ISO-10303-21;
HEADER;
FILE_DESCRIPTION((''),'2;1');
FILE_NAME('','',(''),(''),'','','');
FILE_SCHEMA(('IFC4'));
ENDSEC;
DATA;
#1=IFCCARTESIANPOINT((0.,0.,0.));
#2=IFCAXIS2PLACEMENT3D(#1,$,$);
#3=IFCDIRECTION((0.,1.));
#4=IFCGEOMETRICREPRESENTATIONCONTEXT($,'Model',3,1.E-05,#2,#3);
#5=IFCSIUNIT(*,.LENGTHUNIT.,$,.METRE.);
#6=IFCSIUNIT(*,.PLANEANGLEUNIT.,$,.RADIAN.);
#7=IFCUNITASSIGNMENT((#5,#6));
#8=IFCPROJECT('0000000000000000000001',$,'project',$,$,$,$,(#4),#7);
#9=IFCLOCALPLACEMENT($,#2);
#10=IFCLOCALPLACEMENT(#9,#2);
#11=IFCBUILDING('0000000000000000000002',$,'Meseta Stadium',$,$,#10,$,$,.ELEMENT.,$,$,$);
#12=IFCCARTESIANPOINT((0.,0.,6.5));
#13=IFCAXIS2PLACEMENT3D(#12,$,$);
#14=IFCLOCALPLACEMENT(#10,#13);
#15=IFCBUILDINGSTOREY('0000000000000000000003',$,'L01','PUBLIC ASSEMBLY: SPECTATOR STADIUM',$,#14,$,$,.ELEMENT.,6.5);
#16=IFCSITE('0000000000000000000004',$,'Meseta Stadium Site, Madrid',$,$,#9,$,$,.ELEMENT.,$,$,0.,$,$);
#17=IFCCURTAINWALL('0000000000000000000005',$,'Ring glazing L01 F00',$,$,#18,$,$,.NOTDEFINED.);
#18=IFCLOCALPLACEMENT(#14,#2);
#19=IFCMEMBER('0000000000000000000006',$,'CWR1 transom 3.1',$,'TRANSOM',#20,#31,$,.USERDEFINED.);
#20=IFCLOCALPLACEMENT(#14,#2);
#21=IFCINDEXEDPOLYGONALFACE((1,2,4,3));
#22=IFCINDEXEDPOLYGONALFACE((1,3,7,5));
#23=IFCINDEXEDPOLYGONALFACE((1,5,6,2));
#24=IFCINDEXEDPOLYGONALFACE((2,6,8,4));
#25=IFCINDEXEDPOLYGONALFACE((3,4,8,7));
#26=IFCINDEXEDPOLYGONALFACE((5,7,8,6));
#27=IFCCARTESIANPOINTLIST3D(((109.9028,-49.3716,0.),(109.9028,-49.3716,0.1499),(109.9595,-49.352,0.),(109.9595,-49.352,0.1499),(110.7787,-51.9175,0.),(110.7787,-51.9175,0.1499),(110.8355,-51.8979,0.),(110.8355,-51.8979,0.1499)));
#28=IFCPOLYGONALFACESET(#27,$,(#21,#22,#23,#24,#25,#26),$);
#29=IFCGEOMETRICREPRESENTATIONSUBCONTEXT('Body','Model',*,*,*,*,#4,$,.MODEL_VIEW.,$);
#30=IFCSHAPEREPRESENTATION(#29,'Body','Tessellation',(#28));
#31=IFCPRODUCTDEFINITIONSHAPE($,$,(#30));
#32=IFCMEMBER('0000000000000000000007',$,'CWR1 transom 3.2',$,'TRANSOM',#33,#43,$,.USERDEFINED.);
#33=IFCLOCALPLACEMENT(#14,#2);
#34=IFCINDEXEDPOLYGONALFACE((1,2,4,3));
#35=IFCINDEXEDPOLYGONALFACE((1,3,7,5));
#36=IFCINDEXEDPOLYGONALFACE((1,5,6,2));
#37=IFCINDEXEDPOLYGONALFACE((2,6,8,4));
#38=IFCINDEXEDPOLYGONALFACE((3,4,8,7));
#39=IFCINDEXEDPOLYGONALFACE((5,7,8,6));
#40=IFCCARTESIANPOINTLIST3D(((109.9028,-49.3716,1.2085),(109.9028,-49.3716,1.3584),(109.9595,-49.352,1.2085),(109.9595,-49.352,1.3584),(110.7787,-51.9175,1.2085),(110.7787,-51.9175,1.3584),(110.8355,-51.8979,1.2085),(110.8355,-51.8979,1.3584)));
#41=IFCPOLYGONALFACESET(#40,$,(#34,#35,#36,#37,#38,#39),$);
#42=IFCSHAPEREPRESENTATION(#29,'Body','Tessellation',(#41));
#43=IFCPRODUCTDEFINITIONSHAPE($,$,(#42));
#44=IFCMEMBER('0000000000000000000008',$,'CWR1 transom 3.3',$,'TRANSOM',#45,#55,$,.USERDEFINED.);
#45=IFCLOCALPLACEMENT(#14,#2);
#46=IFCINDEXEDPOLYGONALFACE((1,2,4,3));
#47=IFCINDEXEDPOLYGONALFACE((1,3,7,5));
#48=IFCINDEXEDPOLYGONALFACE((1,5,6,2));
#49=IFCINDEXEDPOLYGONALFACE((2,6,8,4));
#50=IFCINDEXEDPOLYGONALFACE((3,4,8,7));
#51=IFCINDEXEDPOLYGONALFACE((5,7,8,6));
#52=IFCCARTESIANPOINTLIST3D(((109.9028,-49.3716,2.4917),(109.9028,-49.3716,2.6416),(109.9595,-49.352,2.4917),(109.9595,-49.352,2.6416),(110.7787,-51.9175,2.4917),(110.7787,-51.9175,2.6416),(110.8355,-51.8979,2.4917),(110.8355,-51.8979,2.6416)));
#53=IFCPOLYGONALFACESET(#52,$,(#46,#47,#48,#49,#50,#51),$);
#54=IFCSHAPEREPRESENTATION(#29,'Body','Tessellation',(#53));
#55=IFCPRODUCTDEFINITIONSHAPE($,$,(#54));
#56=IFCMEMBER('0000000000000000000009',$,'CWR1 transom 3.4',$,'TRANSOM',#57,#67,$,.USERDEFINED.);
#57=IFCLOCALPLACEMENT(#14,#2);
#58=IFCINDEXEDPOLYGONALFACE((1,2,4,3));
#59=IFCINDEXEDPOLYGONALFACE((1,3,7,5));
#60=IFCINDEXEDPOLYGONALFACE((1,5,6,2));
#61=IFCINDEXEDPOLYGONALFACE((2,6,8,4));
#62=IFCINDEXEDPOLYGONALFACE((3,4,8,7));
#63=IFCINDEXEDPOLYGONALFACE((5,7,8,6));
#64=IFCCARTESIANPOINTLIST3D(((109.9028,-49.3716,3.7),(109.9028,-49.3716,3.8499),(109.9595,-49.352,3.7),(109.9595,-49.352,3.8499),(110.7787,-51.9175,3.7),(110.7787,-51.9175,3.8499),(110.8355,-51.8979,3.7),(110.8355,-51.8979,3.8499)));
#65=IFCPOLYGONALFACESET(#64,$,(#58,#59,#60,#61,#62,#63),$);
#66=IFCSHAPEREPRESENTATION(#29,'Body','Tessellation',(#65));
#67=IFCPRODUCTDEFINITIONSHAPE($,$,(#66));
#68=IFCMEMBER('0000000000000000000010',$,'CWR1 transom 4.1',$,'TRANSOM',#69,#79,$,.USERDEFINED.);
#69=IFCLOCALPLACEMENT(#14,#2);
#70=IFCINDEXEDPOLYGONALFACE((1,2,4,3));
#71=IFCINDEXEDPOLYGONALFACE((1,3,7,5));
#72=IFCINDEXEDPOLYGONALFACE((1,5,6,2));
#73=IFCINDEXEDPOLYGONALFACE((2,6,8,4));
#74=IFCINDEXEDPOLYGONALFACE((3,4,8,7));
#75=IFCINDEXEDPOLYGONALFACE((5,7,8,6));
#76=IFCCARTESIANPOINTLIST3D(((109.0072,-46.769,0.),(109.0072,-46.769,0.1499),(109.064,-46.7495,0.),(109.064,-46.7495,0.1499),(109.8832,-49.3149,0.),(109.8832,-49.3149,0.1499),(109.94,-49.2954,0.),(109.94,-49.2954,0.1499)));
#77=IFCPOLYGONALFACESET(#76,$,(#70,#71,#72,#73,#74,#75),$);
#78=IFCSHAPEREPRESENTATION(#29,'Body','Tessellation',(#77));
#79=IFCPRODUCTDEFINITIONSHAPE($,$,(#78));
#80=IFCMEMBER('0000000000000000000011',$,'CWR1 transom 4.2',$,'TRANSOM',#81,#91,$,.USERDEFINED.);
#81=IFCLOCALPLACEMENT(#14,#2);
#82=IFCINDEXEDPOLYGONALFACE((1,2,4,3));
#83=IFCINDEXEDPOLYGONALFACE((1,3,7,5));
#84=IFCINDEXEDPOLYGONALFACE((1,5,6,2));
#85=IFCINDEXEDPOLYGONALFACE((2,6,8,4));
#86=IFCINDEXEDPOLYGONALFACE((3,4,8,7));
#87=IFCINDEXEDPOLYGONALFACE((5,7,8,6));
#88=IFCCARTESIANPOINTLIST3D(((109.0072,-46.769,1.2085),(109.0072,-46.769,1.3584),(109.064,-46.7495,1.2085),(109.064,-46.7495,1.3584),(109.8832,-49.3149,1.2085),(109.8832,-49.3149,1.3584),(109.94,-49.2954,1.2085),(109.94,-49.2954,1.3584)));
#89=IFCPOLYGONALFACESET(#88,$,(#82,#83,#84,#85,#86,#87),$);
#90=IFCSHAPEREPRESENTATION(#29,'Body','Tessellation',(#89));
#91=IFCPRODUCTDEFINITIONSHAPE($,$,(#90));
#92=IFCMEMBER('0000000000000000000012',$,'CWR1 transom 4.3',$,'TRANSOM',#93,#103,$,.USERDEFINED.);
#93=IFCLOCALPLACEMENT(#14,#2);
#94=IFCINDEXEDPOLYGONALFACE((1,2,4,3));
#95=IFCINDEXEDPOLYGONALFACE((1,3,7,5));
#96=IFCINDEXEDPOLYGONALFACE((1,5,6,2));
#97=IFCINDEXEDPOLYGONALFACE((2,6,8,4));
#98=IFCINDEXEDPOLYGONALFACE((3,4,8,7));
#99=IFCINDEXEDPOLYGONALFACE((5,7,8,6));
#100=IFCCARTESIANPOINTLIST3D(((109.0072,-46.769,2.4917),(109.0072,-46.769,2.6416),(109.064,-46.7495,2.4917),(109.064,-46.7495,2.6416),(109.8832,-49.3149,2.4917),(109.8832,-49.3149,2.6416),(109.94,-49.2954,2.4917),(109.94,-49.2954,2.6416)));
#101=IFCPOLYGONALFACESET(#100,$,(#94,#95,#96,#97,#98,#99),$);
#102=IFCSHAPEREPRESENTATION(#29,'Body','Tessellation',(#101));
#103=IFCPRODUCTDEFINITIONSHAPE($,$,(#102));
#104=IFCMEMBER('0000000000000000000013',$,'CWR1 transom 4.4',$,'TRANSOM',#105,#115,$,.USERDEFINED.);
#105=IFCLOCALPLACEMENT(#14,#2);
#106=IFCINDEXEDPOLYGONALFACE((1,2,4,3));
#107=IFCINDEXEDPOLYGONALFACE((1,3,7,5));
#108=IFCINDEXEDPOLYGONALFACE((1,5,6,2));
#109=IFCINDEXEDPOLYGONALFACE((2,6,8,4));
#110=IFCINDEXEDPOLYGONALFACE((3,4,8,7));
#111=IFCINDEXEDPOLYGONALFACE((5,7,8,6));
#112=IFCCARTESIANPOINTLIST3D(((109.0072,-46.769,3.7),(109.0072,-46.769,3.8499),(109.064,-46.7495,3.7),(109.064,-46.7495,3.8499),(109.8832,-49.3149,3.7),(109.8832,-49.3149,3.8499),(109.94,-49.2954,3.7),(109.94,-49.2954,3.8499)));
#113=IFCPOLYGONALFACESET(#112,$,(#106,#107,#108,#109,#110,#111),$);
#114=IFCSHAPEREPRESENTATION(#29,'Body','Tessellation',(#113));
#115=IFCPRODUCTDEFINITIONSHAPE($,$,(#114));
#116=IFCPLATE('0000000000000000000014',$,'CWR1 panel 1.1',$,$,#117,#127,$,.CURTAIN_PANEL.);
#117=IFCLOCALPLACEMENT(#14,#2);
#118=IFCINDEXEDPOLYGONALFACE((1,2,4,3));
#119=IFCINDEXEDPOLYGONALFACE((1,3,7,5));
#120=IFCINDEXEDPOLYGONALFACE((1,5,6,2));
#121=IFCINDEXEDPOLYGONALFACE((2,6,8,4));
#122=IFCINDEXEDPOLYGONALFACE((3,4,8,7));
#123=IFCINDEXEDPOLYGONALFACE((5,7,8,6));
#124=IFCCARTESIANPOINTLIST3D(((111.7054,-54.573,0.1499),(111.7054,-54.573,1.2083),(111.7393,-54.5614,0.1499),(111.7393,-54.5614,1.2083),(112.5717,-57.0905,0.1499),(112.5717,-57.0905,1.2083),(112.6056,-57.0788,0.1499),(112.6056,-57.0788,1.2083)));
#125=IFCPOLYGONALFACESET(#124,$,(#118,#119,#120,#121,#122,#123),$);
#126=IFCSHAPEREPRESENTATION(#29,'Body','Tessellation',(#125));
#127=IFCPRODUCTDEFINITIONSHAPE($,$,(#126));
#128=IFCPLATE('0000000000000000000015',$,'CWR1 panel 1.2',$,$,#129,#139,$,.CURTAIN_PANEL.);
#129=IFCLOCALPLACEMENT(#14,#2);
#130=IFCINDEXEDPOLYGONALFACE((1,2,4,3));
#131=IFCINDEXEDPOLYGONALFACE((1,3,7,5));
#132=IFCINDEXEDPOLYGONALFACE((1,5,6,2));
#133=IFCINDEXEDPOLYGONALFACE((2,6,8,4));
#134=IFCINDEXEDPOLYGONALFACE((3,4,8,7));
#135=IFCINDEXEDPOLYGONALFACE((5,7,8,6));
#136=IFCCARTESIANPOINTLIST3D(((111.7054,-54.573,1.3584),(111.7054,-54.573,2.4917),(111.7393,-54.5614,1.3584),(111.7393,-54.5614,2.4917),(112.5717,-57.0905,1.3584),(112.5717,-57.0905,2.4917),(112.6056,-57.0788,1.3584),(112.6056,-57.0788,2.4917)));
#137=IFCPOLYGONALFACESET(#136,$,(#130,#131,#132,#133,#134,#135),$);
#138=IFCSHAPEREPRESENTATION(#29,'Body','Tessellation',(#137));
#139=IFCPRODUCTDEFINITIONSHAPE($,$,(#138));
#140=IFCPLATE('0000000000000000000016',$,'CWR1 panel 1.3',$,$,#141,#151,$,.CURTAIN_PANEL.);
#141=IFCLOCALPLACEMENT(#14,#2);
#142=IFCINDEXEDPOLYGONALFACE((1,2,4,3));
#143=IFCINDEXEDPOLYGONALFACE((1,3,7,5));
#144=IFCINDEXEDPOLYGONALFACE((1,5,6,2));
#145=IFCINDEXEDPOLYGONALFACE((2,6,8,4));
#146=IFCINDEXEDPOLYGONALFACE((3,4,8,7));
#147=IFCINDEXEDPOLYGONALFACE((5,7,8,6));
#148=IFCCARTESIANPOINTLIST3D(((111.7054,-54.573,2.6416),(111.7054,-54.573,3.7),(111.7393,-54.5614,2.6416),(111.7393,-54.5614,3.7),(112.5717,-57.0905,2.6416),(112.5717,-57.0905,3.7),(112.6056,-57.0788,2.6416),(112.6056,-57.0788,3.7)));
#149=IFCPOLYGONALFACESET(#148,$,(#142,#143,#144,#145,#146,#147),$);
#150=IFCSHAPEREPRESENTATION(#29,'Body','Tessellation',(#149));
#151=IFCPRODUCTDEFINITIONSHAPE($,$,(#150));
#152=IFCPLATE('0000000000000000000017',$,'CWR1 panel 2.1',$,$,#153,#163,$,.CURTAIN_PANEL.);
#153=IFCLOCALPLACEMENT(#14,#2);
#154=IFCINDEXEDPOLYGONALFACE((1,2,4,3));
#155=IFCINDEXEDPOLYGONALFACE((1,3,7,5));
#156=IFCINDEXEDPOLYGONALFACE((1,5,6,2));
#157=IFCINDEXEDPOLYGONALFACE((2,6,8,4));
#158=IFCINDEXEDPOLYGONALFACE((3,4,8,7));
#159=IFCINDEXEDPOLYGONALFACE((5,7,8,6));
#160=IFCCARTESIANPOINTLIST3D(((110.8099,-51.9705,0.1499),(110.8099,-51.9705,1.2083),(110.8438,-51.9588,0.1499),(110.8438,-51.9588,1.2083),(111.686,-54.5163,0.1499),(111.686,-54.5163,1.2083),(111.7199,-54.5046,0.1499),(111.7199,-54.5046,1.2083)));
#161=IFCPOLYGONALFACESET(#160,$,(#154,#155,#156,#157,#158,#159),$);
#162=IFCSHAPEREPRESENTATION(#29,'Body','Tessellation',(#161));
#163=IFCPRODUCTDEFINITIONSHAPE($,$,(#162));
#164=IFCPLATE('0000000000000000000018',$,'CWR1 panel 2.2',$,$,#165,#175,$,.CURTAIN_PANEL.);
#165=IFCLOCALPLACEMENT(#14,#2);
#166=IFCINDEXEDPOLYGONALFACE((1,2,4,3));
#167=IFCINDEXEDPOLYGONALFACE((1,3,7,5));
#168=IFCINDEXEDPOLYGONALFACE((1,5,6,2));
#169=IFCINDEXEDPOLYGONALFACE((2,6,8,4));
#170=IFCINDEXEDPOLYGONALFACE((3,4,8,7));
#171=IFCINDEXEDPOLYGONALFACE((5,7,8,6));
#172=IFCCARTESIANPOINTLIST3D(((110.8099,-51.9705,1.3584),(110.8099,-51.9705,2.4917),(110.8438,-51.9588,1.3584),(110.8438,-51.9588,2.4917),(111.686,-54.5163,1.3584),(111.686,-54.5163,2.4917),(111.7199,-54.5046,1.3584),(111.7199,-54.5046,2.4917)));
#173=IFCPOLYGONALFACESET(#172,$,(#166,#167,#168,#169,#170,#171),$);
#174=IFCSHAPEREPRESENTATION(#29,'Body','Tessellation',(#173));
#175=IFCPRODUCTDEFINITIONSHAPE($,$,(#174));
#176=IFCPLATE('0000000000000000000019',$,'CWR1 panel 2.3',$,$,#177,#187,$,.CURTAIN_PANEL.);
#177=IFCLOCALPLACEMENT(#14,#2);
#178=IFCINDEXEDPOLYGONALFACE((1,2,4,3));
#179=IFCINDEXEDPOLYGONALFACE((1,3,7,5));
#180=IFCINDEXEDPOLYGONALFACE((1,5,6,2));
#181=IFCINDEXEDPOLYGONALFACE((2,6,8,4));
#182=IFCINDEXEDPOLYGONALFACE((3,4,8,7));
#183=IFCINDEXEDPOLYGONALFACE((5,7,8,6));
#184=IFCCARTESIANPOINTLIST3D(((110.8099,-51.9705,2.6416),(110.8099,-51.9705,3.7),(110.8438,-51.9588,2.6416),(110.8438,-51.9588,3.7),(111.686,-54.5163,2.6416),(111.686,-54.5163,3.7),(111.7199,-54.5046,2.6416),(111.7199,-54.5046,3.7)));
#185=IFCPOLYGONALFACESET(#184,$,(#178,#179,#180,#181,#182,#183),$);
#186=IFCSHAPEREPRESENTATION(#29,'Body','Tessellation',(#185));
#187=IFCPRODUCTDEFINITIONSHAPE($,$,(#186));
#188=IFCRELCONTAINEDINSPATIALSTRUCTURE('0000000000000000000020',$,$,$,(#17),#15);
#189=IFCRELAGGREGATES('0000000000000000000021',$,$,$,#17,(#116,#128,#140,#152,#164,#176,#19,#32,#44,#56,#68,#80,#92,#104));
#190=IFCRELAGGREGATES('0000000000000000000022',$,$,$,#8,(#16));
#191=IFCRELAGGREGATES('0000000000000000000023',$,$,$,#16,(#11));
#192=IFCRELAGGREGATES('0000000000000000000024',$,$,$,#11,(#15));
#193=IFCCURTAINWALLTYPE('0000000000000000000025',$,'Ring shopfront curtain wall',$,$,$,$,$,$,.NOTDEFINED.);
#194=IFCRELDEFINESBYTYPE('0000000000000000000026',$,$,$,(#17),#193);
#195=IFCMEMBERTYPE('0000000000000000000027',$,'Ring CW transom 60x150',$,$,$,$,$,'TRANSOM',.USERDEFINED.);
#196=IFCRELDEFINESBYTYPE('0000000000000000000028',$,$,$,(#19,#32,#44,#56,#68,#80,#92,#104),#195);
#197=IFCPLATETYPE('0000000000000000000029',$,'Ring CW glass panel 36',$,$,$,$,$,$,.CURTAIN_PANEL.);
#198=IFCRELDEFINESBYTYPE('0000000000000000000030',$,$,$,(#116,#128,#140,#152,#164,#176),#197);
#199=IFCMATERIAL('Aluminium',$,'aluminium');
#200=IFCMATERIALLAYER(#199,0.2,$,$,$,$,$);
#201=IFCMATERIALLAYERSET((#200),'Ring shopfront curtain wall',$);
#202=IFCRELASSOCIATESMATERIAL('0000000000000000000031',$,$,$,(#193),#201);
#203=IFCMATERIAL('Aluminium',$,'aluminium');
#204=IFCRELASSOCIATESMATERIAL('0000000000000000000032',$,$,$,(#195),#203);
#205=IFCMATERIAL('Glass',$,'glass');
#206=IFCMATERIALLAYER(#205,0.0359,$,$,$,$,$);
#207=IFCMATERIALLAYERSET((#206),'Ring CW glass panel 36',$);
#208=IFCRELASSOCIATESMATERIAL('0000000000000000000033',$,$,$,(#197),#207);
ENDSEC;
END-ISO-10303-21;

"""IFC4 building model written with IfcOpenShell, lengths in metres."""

from ifc_helpers import new_model, si_unit, direction, frame, origin, origin_2d, place, context, subcontext, project, spatial, rectangle, extrude, material, layer, layer_set, material_profile, profile_set, type_object, element, aggregate, save


model = new_model("IFC4")

# Units and contexts
model_context = context("Model", 3, precision=1e-05, world=origin(), true_north=direction((0.0, 1.0)))
body_context = subcontext(model_context, "Body", "Model", "MODEL_VIEW")
ifc_project = project(units=[si_unit("LENGTHUNIT", "METRE"), si_unit("PLANEANGLEUNIT", "RADIAN")], contexts=[model_context])

# Site, building, storey
site_placement = place(None, origin())
site = spatial("IfcSite", under=ifc_project, at=site_placement, Name="Meseta Stadium Site, Madrid", CompositionType="ELEMENT", RefElevation=0.0)
building_placement = place(site_placement, origin())
building = spatial("IfcBuilding", under=site, at=building_placement, Name="Meseta Stadium", CompositionType="ELEMENT")
storey_placement = place(building_placement, frame((0.0, 0.0, 6.5)))
storey = spatial("IfcBuildingStorey", under=building, at=storey_placement, Name="L01", Description="PUBLIC ASSEMBLY: SPECTATOR STADIUM", CompositionType="ELEMENT", Elevation=6.5)

# Curtain wall, members, plates
ifc_material_1 = material(Name="Aluminium", Category="aluminium")
ifc_layer_1 = layer(ifc_material_1, 0.2)
ifc_layer_set_1 = layer_set([ifc_layer_1], Name="Ring shopfront curtain wall")
curtain_wall_type = type_object("IfcCurtainWallType", Name="Ring shopfront curtain wall", PredefinedType="NOTDEFINED", material=ifc_layer_set_1)
curtain_wall_placement = place(storey_placement, origin())
curtain_wall = element("IfcCurtainWall", 1, at=curtain_wall_placement, inside=storey, type_object=curtain_wall_type, Name="Ring glazing L01 F00", PredefinedType="NOTDEFINED")
ifc_material_2 = material(Name="Aluminium", Category="aluminium")
ifc_material_profile_1 = material_profile(ifc_material_2, rectangle(XDim=0.0601, YDim=0.1499, at=origin_2d()), Name="CW 60x150")
ifc_profile_set_1 = profile_set([ifc_material_profile_1], Name="Aluminium")
member_type_1 = type_object("IfcMemberType", Name="Ring CW transom 60x150", ElementType="TRANSOM", PredefinedType="USERDEFINED", material=ifc_profile_set_1)
member_1_placement = place(storey_placement, frame((110.8071, -51.9077, 0.075), z_axis=(-0.325353, 0.945592, 0.0), x_axis=(-0.945592, -0.325353, 0.0)))
member_1 = element("IfcMember", 2, at=member_1_placement, type_object=member_type_1, Name="CWR1 transom 3.1", ObjectType="TRANSOM", PredefinedType="USERDEFINED", context=body_context, shape_type="SweptSolid", body=[
    extrude(rectangle(XDim=0.0601, YDim=0.1499, at=origin_2d()), origin(), (0.0, 0.0, 1.0), 2.6924),
])
member_2_placement = place(storey_placement, frame((110.8071, -51.9077, 1.2834), z_axis=(-0.325353, 0.945592, 0.0), x_axis=(-0.945592, -0.325353, 0.0)))
member_2 = element("IfcMember", 3, at=member_2_placement, type_object=member_type_1, Name="CWR1 transom 3.2", ObjectType="TRANSOM", PredefinedType="USERDEFINED", context=body_context, shape_type="SweptSolid", body=[
    extrude(rectangle(XDim=0.0601, YDim=0.1499, at=origin_2d()), origin(), (0.0, 0.0, 1.0), 2.6924),
])
member_3_placement = place(storey_placement, frame((110.8071, -51.9077, 2.5667), z_axis=(-0.325353, 0.945592, 0.0), x_axis=(-0.945592, -0.325353, 0.0)))
member_3 = element("IfcMember", 4, at=member_3_placement, type_object=member_type_1, Name="CWR1 transom 3.3", ObjectType="TRANSOM", PredefinedType="USERDEFINED", context=body_context, shape_type="SweptSolid", body=[
    extrude(rectangle(XDim=0.0601, YDim=0.1499, at=origin_2d()), origin(), (0.0, 0.0, 1.0), 2.6924),
])
member_4_placement = place(storey_placement, frame((110.8071, -51.9077, 3.7749), z_axis=(-0.325353, 0.945592, 0.0), x_axis=(-0.945592, -0.325353, 0.0)))
member_4 = element("IfcMember", 5, at=member_4_placement, type_object=member_type_1, Name="CWR1 transom 3.4", ObjectType="TRANSOM", PredefinedType="USERDEFINED", context=body_context, shape_type="SweptSolid", body=[
    extrude(rectangle(XDim=0.0601, YDim=0.1499, at=origin_2d()), origin(), (0.0, 0.0, 1.0), 2.6924),
])
member_5_placement = place(storey_placement, frame((109.9116, -49.3052, 0.075), z_axis=(-0.325353, 0.945592, 0.0), x_axis=(-0.945592, -0.325353, 0.0)))
member_5 = element("IfcMember", 6, at=member_5_placement, type_object=member_type_1, Name="CWR1 transom 4.1", ObjectType="TRANSOM", PredefinedType="USERDEFINED", context=body_context, shape_type="SweptSolid", body=[
    extrude(rectangle(XDim=0.0601, YDim=0.1499, at=origin_2d()), origin(), (0.0, 0.0, 1.0), 2.6924),
])
member_6_placement = place(storey_placement, frame((109.9116, -49.3052, 1.2834), z_axis=(-0.325353, 0.945592, 0.0), x_axis=(-0.945592, -0.325353, 0.0)))
member_6 = element("IfcMember", 7, at=member_6_placement, type_object=member_type_1, Name="CWR1 transom 4.2", ObjectType="TRANSOM", PredefinedType="USERDEFINED", context=body_context, shape_type="SweptSolid", body=[
    extrude(rectangle(XDim=0.0601, YDim=0.1499, at=origin_2d()), origin(), (0.0, 0.0, 1.0), 2.6924),
])
member_7_placement = place(storey_placement, frame((109.9116, -49.3052, 2.5667), z_axis=(-0.325353, 0.945592, 0.0), x_axis=(-0.945592, -0.325353, 0.0)))
member_7 = element("IfcMember", 8, at=member_7_placement, type_object=member_type_1, Name="CWR1 transom 4.3", ObjectType="TRANSOM", PredefinedType="USERDEFINED", context=body_context, shape_type="SweptSolid", body=[
    extrude(rectangle(XDim=0.0601, YDim=0.1499, at=origin_2d()), origin(), (0.0, 0.0, 1.0), 2.6924),
])
member_8_placement = place(storey_placement, frame((109.9116, -49.3052, 3.7749), z_axis=(-0.325353, 0.945592, 0.0), x_axis=(-0.945592, -0.325353, 0.0)))
member_8 = element("IfcMember", 9, at=member_8_placement, type_object=member_type_1, Name="CWR1 transom 4.4", ObjectType="TRANSOM", PredefinedType="USERDEFINED", context=body_context, shape_type="SweptSolid", body=[
    extrude(rectangle(XDim=0.0601, YDim=0.1499, at=origin_2d()), origin(), (0.0, 0.0, 1.0), 2.6924),
])
ifc_material_3 = material(Name="Glass", Category="glass")
ifc_layer_2 = layer(ifc_material_3, 0.0359)
ifc_layer_set_2 = layer_set([ifc_layer_2], Name="Ring CW glass panel 36")
plate_type_1 = type_object("IfcPlateType", Name="Ring CW glass panel 36", PredefinedType="CURTAIN_PANEL", material=ifc_layer_set_2)
plate_1_placement = place(storey_placement, frame((112.1555, -55.8259, 0.1499), z_axis=(0.0, 0.0, 1.0), x_axis=(-0.325386, 0.945581, 0.0)))
plate_1 = element("IfcPlate", 10, at=plate_1_placement, type_object=plate_type_1, Name="CWR1 panel 1.1", PredefinedType="CURTAIN_PANEL", context=body_context, shape_type="SweptSolid", body=[
    extrude(rectangle(XDim=2.6624, YDim=0.0359, at=origin_2d()), origin(), (0.0, 0.0, 1.0), 1.0583),
])
plate_2_placement = place(storey_placement, frame((112.1555, -55.8259, 1.3584), z_axis=(0.0, 0.0, 1.0), x_axis=(-0.325386, 0.945581, 0.0)))
plate_2 = element("IfcPlate", 11, at=plate_2_placement, type_object=plate_type_1, Name="CWR1 panel 1.2", PredefinedType="CURTAIN_PANEL", context=body_context, shape_type="SweptSolid", body=[
    extrude(rectangle(XDim=2.6624, YDim=0.0359, at=origin_2d()), origin(), (0.0, 0.0, 1.0), 1.1333),
])
plate_3_placement = place(storey_placement, frame((112.1555, -55.8259, 2.6416), z_axis=(0.0, 0.0, 1.0), x_axis=(-0.325386, 0.945581, 0.0)))
plate_3 = element("IfcPlate", 12, at=plate_3_placement, type_object=plate_type_1, Name="CWR1 panel 1.3", PredefinedType="CURTAIN_PANEL", context=body_context, shape_type="SweptSolid", body=[
    extrude(rectangle(XDim=2.6624, YDim=0.0359, at=origin_2d()), origin(), (0.0, 0.0, 1.0), 1.0583),
])
plate_4_placement = place(storey_placement, frame((111.2649, -53.2375, 0.1499), z_axis=(0.0, 0.0, 1.0), x_axis=(-0.325386, 0.945581, 0.0)))
plate_4 = element("IfcPlate", 13, at=plate_4_placement, type_object=plate_type_1, Name="CWR1 panel 2.1", PredefinedType="CURTAIN_PANEL", context=body_context, shape_type="SweptSolid", body=[
    extrude(rectangle(XDim=2.6924, YDim=0.0359, at=origin_2d()), origin(), (0.0, 0.0, 1.0), 1.0583),
])
plate_5_placement = place(storey_placement, frame((111.2649, -53.2375, 1.3584), z_axis=(0.0, 0.0, 1.0), x_axis=(-0.325386, 0.945581, 0.0)))
plate_5 = element("IfcPlate", 14, at=plate_5_placement, type_object=plate_type_1, Name="CWR1 panel 2.2", PredefinedType="CURTAIN_PANEL", context=body_context, shape_type="SweptSolid", body=[
    extrude(rectangle(XDim=2.6924, YDim=0.0359, at=origin_2d()), origin(), (0.0, 0.0, 1.0), 1.1333),
])
plate_6_placement = place(storey_placement, frame((111.2649, -53.2375, 2.6416), z_axis=(0.0, 0.0, 1.0), x_axis=(-0.325386, 0.945581, 0.0)))
plate_6 = element("IfcPlate", 15, at=plate_6_placement, type_object=plate_type_1, Name="CWR1 panel 2.3", PredefinedType="CURTAIN_PANEL", context=body_context, shape_type="SweptSolid", body=[
    extrude(rectangle(XDim=2.6924, YDim=0.0359, at=origin_2d()), origin(), (0.0, 0.0, 1.0), 1.0583),
])
aggregate(curtain_wall, [plate_1, plate_2, plate_3, plate_4, plate_5, plate_6, member_1, member_2, member_3, member_4, member_5, member_6, member_7, member_8])

save(model, "model.ifc")
